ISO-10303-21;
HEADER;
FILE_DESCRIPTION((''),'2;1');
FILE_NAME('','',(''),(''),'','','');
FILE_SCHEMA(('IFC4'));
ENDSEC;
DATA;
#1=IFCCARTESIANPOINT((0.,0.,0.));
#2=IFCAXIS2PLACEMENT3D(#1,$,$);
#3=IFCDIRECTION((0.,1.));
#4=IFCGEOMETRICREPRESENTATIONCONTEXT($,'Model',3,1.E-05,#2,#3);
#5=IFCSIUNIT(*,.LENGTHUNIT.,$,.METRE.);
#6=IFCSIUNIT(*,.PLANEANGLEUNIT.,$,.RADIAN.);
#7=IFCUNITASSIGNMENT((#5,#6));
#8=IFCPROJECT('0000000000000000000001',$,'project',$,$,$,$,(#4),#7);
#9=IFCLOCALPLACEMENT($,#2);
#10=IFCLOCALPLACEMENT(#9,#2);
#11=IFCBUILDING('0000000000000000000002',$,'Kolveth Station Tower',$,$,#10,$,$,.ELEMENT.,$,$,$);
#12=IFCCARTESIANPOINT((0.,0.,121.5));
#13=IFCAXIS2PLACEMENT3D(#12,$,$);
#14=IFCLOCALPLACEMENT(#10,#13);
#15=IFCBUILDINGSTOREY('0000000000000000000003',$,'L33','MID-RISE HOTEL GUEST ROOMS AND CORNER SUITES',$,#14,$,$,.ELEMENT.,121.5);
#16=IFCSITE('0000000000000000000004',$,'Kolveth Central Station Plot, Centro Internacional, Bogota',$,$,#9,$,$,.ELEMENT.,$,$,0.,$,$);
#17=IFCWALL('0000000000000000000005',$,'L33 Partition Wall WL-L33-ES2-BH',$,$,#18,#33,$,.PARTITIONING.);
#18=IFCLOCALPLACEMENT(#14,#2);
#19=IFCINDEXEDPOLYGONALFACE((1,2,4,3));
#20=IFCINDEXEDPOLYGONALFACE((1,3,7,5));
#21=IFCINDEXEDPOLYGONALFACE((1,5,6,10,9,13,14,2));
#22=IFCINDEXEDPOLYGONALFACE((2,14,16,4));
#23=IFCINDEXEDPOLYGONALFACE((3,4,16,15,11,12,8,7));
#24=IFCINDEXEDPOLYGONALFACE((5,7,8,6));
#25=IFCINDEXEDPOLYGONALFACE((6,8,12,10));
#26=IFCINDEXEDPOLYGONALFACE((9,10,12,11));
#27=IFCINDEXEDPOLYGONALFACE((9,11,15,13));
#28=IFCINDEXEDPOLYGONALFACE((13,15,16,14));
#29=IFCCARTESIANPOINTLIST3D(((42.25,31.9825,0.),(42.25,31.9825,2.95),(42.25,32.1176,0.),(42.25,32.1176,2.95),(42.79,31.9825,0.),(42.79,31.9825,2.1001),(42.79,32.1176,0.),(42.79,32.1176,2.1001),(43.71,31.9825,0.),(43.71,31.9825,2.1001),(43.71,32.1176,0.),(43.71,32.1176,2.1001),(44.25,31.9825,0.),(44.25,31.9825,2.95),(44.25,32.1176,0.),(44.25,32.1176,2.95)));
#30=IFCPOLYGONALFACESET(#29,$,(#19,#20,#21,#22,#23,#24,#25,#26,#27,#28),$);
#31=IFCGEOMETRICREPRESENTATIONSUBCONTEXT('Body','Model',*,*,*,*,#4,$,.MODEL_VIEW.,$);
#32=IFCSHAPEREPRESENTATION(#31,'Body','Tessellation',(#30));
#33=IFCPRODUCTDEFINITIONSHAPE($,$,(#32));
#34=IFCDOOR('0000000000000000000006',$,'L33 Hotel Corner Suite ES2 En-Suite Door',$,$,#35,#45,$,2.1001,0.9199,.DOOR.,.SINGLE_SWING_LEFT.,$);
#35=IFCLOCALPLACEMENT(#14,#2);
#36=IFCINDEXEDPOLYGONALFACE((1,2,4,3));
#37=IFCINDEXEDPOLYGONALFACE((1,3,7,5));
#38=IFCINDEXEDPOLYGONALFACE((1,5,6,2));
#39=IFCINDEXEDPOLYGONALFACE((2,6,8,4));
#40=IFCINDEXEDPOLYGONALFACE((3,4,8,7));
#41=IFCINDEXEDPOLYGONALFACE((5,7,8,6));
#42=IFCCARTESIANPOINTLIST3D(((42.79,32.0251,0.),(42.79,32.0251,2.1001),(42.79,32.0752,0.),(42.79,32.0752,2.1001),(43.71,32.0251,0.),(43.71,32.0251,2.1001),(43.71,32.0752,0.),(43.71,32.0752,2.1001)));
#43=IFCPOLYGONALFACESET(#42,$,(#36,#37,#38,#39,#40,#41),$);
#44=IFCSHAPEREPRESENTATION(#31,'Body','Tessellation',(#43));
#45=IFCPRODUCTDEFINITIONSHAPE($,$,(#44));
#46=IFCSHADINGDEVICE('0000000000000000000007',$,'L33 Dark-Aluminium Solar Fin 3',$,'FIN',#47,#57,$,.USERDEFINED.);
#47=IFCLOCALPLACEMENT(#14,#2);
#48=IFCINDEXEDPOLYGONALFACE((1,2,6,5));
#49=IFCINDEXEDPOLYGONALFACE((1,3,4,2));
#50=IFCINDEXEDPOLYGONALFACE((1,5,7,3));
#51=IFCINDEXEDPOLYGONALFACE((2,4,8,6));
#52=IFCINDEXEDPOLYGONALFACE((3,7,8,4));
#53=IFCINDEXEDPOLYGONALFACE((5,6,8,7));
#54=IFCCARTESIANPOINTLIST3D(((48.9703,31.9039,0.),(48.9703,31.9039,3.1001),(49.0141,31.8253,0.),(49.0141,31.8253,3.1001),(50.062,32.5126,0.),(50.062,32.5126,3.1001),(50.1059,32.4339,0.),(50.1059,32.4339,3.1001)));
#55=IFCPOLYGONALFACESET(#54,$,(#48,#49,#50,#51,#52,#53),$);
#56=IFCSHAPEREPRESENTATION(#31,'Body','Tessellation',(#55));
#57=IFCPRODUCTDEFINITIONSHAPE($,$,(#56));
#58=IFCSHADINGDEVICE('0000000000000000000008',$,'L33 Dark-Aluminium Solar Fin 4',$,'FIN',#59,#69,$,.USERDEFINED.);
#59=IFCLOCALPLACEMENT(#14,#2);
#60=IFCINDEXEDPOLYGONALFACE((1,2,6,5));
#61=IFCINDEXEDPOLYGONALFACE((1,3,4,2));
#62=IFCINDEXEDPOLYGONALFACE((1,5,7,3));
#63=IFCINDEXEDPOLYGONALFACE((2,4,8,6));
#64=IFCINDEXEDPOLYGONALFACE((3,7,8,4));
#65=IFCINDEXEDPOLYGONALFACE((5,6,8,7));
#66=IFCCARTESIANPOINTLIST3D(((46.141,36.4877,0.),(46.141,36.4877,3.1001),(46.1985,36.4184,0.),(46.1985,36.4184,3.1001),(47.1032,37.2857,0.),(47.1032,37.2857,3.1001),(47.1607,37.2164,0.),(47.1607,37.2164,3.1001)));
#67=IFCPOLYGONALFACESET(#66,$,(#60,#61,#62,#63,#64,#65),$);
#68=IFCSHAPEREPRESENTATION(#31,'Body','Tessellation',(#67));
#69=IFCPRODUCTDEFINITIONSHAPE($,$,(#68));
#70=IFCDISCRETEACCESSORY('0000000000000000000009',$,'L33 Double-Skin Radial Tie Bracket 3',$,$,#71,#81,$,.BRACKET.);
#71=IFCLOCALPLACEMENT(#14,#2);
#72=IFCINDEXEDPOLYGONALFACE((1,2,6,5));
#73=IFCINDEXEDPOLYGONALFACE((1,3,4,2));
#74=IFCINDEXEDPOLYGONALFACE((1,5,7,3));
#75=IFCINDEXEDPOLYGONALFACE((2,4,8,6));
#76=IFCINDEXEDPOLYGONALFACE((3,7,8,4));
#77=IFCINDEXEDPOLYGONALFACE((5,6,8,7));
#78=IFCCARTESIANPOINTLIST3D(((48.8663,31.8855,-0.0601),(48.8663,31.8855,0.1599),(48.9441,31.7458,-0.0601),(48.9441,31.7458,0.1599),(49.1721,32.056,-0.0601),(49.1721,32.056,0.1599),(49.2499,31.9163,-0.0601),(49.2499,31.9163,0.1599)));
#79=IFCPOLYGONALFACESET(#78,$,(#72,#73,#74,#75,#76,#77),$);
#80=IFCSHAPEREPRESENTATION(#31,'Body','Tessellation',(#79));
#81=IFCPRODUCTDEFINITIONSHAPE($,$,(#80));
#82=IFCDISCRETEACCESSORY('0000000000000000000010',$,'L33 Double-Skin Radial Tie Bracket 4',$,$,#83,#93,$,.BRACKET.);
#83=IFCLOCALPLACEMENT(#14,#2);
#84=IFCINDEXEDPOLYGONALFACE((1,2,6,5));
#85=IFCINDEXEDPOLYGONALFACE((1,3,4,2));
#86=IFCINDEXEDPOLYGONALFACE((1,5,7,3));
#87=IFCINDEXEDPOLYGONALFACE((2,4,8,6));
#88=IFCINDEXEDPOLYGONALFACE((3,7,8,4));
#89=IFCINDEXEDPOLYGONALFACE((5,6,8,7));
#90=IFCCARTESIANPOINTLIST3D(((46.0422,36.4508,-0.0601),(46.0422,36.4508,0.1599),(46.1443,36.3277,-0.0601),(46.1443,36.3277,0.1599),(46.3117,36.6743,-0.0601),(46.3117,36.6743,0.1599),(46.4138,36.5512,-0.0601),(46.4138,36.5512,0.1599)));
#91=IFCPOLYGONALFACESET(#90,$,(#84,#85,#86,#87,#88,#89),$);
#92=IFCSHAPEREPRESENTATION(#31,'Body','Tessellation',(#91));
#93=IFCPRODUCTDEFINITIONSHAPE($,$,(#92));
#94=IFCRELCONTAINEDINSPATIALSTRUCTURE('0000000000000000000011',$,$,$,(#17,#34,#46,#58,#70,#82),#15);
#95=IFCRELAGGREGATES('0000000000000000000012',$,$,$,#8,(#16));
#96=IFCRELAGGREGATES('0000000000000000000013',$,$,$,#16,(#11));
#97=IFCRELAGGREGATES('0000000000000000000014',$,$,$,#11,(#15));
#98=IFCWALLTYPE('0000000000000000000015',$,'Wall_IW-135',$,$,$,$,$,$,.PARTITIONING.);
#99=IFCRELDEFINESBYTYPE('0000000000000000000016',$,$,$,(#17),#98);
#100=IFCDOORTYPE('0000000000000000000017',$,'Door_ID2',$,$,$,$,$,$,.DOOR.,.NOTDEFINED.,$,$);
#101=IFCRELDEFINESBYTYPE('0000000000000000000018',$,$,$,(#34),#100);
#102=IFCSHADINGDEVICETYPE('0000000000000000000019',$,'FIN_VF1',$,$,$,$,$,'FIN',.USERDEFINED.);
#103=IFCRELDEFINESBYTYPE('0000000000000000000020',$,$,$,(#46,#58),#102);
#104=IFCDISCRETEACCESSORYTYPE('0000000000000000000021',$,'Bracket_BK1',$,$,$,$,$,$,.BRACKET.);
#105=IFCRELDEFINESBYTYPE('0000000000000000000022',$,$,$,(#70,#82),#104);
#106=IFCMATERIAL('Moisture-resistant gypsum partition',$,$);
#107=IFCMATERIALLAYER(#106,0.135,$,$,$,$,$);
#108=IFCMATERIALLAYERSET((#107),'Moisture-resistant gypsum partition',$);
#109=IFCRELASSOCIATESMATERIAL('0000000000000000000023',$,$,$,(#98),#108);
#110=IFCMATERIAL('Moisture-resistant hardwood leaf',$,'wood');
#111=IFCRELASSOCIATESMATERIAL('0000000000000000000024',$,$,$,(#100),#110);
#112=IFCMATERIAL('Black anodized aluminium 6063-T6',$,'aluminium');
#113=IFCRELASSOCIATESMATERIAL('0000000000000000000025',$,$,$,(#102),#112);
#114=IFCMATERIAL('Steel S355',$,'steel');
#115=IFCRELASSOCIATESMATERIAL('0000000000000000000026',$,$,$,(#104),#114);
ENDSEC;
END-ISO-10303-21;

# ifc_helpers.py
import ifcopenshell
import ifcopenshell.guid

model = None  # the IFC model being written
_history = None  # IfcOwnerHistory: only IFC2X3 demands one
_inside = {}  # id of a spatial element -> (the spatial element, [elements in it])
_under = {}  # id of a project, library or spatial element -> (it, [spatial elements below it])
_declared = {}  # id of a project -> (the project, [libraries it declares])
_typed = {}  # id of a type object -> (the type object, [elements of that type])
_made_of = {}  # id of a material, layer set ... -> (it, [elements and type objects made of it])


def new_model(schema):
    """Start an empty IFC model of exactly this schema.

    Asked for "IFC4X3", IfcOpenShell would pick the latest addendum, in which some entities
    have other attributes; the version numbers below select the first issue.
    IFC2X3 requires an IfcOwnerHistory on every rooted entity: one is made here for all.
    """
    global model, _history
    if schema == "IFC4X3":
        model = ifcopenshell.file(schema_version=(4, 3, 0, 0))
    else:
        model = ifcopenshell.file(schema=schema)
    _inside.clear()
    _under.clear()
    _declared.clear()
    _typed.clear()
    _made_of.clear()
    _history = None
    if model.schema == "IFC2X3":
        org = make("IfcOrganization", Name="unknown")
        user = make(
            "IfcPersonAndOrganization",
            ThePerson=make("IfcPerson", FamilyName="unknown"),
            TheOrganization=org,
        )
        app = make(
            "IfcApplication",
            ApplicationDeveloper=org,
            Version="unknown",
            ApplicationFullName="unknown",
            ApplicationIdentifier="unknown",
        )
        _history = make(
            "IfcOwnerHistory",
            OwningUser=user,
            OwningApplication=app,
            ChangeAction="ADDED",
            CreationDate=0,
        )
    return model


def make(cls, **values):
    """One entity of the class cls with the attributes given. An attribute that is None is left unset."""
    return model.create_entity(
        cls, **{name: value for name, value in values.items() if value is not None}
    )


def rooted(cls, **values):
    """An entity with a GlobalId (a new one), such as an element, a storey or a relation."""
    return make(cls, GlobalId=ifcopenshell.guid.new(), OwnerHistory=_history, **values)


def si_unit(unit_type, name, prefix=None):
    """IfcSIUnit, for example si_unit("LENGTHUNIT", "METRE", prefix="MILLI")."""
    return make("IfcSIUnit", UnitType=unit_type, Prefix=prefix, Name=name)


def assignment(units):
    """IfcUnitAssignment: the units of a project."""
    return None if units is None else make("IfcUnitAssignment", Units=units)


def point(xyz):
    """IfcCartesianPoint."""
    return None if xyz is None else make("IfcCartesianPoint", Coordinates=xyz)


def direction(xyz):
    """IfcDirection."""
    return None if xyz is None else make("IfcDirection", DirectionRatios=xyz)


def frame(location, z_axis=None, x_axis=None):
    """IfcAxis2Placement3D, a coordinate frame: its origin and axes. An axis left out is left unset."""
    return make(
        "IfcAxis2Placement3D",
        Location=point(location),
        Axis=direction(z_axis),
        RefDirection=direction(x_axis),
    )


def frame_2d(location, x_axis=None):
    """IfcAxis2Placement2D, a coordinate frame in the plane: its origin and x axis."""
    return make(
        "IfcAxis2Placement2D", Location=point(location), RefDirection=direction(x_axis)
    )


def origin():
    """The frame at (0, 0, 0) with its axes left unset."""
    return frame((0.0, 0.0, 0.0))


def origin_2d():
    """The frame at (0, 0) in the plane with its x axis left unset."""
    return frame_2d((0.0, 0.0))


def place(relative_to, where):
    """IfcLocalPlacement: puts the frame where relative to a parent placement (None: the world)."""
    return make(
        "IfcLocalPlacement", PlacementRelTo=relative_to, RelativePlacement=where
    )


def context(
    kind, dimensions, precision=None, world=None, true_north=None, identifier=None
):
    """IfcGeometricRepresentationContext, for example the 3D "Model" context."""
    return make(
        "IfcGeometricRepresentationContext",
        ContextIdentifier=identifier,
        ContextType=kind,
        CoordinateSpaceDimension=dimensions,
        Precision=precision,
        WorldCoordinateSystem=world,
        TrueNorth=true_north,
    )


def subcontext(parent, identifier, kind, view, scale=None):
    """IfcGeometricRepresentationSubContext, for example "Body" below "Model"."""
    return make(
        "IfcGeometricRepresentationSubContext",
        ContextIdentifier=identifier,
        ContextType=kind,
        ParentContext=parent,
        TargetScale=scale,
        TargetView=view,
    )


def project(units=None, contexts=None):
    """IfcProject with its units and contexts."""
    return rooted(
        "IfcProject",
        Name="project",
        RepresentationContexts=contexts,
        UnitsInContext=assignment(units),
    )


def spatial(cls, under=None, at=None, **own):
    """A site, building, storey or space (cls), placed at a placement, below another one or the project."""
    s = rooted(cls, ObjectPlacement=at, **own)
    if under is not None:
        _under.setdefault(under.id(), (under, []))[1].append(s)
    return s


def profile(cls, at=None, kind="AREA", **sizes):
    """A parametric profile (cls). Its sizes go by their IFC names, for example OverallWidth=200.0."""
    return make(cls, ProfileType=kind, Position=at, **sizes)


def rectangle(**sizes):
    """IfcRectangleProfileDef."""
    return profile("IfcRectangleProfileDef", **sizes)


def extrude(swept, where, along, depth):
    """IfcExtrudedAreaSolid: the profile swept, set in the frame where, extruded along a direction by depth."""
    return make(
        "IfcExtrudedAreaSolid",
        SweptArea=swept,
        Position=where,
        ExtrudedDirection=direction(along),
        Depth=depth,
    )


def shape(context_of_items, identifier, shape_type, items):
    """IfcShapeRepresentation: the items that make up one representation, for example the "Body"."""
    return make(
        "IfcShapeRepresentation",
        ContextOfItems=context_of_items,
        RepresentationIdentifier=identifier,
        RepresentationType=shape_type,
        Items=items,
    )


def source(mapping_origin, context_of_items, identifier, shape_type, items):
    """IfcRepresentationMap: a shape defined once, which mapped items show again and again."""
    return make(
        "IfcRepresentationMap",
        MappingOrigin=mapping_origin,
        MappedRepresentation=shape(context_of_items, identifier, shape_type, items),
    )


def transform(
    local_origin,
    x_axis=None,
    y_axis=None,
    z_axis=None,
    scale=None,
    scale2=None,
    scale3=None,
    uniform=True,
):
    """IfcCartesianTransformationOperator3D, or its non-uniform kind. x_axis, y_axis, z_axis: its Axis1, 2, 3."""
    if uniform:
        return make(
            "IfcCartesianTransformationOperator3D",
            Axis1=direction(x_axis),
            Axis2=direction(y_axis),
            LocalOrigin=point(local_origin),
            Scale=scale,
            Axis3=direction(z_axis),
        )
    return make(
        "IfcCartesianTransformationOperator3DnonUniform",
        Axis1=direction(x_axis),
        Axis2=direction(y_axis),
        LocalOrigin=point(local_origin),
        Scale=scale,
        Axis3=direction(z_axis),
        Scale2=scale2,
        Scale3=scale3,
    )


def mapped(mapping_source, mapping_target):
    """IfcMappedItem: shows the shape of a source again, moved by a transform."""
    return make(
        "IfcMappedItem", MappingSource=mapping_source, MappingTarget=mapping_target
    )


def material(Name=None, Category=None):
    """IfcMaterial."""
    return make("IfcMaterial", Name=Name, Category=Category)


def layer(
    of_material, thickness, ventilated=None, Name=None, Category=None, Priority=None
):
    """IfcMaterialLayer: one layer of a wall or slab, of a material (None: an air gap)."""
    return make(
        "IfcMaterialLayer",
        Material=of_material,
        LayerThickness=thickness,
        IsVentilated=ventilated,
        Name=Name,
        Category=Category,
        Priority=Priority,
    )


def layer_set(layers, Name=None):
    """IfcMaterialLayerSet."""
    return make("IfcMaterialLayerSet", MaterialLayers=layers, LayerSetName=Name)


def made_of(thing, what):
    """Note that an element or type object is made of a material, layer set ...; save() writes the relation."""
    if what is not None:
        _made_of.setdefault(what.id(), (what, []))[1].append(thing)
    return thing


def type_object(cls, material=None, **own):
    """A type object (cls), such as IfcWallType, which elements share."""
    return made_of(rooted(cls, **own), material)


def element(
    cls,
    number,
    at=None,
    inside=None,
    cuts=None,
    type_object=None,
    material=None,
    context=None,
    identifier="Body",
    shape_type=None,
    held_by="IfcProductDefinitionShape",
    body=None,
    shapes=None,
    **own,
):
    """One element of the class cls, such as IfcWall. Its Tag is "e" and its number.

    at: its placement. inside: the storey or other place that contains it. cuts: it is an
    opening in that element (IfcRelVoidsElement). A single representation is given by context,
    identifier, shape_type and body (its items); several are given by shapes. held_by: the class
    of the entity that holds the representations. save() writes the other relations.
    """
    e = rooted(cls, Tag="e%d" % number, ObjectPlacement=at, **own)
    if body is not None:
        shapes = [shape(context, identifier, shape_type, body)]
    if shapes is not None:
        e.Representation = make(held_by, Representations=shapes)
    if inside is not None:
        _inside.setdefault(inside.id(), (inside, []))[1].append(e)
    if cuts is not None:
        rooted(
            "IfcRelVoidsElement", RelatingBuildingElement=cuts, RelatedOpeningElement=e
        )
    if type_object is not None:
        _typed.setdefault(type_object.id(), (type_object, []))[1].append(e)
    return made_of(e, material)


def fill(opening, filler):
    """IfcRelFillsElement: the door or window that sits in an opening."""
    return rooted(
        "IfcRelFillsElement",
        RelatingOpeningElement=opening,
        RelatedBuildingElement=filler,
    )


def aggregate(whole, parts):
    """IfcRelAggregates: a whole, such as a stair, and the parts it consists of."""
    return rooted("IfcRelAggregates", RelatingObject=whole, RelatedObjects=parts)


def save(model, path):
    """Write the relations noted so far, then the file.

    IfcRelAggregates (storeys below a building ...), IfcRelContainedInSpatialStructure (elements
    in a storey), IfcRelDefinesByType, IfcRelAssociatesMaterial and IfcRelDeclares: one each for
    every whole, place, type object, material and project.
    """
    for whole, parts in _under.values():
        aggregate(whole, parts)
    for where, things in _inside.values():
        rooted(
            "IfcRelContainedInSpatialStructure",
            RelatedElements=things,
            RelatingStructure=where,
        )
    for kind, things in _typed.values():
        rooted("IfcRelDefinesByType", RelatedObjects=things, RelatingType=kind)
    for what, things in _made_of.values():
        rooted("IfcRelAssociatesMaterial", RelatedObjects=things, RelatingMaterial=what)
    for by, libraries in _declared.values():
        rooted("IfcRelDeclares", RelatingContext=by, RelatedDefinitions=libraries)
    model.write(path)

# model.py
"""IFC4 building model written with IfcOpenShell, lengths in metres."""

from ifc_helpers import new_model, si_unit, direction, frame, frame_2d, origin, origin_2d, place, context, subcontext, project, spatial, rectangle, extrude, source, transform, mapped, material, layer, layer_set, type_object, element, fill, save


model = new_model("IFC4")

# Units and contexts
model_context = context("Model", 3, precision=1e-05, world=origin(), true_north=direction((0.0, 1.0)))
body_context = subcontext(model_context, "Body", "Model", "MODEL_VIEW")
ifc_project = project(units=[si_unit("LENGTHUNIT", "METRE"), si_unit("PLANEANGLEUNIT", "RADIAN")], contexts=[model_context])

# Site, building, storey
site_placement = place(None, origin())
site = spatial("IfcSite", under=ifc_project, at=site_placement, Name="Kolveth Central Station Plot, Centro Internacional, Bogota", CompositionType="ELEMENT", RefElevation=0.0)
building_placement = place(site_placement, origin())
building = spatial("IfcBuilding", under=site, at=building_placement, Name="Kolveth Station Tower", CompositionType="ELEMENT")
storey_placement = place(building_placement, frame((0.0, 0.0, 121.5)))
storey = spatial("IfcBuildingStorey", under=building, at=storey_placement, Name="L33", Description="MID-RISE HOTEL GUEST ROOMS AND CORNER SUITES", CompositionType="ELEMENT", Elevation=121.5)

# Shared definitions
ifc_material_1 = material(Name="Black anodized aluminium 6063-T6", Category="aluminium")

# Wall, opening, door
ifc_material_2 = material(Name="Moisture-resistant gypsum partition")
ifc_layer_1 = layer(ifc_material_2, 0.135)
ifc_layer_set_1 = layer_set([ifc_layer_1], Name="Moisture-resistant gypsum partition")
wall_type = type_object("IfcWallType", Name="Wall_IW-135", PredefinedType="PARTITIONING", material=ifc_layer_set_1)
wall_placement = place(storey_placement, frame((42.25, 32.05, 0.0), z_axis=(0.0, 0.0, 1.0), x_axis=(1.0, 0.0, 0.0)))
wall = element("IfcWall", 1, at=wall_placement, inside=storey, type_object=wall_type, Name="L33 Partition Wall WL-L33-ES2-BH", PredefinedType="PARTITIONING", context=body_context, shape_type="SweptSolid", body=[
    extrude(rectangle(XDim=2.0, YDim=0.135, at=frame_2d((1.0, 0.0))), origin(), (0.0, 0.0, 1.0), 2.95),
])
opening_placement = place(wall_placement, frame((0.54, 0.0, 0.0)))
opening = element("IfcOpeningElement", 2, at=opening_placement, cuts=wall, PredefinedType="OPENING", context=body_context, shape_type="SweptSolid", body=[
    extrude(rectangle(XDim=0.9199, YDim=2.1001, at=frame_2d((0.46, 1.05))), frame((0.0, 0.0774, 0.0), z_axis=(0.0, -1.0, 0.0), x_axis=(1.0, 0.0, 0.0)), (0.0, 0.0, 1.0), 0.155),
])
ifc_material_3 = material(Name="Moisture-resistant hardwood leaf", Category="wood")
door_type = type_object("IfcDoorType", Name="Door_ID2", OperationType="NOTDEFINED", PredefinedType="DOOR", material=ifc_material_3)
door_placement = place(opening_placement, frame((0.9199, 0.0, 0.0), z_axis=(0.0, 0.0, 1.0), x_axis=(-1.0, 0.0, 0.0)))
door = element("IfcDoor", 3, at=door_placement, inside=storey, type_object=door_type, Name="L33 Hotel Corner Suite ES2 En-Suite Door", OperationType="SINGLE_SWING_LEFT", OverallHeight=2.1001, OverallWidth=0.9199, PredefinedType="DOOR", context=body_context, shape_type="SweptSolid", body=[
    extrude(rectangle(XDim=0.9199, YDim=2.1001, at=frame_2d((0.46, 1.05))), frame((0.0, 0.0249, 0.0), z_axis=(0.0, -1.0, 0.0), x_axis=(1.0, 0.0, 0.0)), (0.0, 0.0, 1.0), 0.05),
])
fill(opening, door)

# Shading devices
shading_device_type = type_object("IfcShadingDeviceType", Name="FIN_VF1", ElementType="FIN", PredefinedType="USERDEFINED", material=ifc_material_1)
shared_shape_1 = source(origin(), body_context, "Body", "SweptSolid", [
    extrude(rectangle(XDim=1.25, YDim=0.0901, at=origin_2d()), origin(), (0.0, 0.0, 1.0), 3.1001),
])
for number, where, z_axis, x_axis, name in (
    (4, (49.5381, 32.1689, 0.0), (0.0, 0.0, 1.0), (0.873432, 0.486945, 0.0), "L33 Dark-Aluminium Solar Fin 3"),
    (5, (46.6509, 36.8521, 0.0), (0.0, 0.0, 1.0), (0.769734, 0.638365, 0.0), "L33 Dark-Aluminium Solar Fin 4"),
):
    element("IfcShadingDevice", number, at=place(storey_placement, frame(where, z_axis=z_axis, x_axis=x_axis)), inside=storey, type_object=shading_device_type, Name=name, ObjectType="FIN", PredefinedType="USERDEFINED", context=body_context, shape_type="MappedRepresentation", body=[
        mapped(shared_shape_1, transform((0.0, 0.0, 0.0), x_axis=(1.0, 0.0, 0.0), y_axis=(0.0, 1.0, 0.0), z_axis=(0.0, 0.0, 1.0), scale=1.0)),
    ])

# Discrete accessories
ifc_material_4 = material(Name="Steel S355", Category="steel")
discrete_accessory_type = type_object("IfcDiscreteAccessoryType", Name="Bracket_BK1", PredefinedType="BRACKET", material=ifc_material_4)
shared_shape_2 = source(origin(), body_context, "Body", "SweptSolid", [
    extrude(rectangle(XDim=0.3501, YDim=0.1599, at=origin_2d()), origin(), (0.0, 0.0, 1.0), 0.22),
])
for number, where, z_axis, x_axis, name in (
    (6, (49.0581, 31.9009, -0.0601), (0.0, 0.0, 1.0), (0.873432, 0.486945, 0.0), "L33 Double-Skin Radial Tie Bracket 3"),
    (7, (46.228, 36.501, -0.0601), (0.0, 0.0, 1.0), (0.769734, 0.638365, 0.0), "L33 Double-Skin Radial Tie Bracket 4"),
):
    element("IfcDiscreteAccessory", number, at=place(storey_placement, frame(where, z_axis=z_axis, x_axis=x_axis)), inside=storey, type_object=discrete_accessory_type, Name=name, PredefinedType="BRACKET", context=body_context, shape_type="MappedRepresentation", body=[
        mapped(shared_shape_2, transform((0.0, 0.0, 0.0), x_axis=(1.0, 0.0, 0.0), y_axis=(0.0, 1.0, 0.0), z_axis=(0.0, 0.0, 1.0), scale=1.0)),
    ])

save(model, "model.ifc")
